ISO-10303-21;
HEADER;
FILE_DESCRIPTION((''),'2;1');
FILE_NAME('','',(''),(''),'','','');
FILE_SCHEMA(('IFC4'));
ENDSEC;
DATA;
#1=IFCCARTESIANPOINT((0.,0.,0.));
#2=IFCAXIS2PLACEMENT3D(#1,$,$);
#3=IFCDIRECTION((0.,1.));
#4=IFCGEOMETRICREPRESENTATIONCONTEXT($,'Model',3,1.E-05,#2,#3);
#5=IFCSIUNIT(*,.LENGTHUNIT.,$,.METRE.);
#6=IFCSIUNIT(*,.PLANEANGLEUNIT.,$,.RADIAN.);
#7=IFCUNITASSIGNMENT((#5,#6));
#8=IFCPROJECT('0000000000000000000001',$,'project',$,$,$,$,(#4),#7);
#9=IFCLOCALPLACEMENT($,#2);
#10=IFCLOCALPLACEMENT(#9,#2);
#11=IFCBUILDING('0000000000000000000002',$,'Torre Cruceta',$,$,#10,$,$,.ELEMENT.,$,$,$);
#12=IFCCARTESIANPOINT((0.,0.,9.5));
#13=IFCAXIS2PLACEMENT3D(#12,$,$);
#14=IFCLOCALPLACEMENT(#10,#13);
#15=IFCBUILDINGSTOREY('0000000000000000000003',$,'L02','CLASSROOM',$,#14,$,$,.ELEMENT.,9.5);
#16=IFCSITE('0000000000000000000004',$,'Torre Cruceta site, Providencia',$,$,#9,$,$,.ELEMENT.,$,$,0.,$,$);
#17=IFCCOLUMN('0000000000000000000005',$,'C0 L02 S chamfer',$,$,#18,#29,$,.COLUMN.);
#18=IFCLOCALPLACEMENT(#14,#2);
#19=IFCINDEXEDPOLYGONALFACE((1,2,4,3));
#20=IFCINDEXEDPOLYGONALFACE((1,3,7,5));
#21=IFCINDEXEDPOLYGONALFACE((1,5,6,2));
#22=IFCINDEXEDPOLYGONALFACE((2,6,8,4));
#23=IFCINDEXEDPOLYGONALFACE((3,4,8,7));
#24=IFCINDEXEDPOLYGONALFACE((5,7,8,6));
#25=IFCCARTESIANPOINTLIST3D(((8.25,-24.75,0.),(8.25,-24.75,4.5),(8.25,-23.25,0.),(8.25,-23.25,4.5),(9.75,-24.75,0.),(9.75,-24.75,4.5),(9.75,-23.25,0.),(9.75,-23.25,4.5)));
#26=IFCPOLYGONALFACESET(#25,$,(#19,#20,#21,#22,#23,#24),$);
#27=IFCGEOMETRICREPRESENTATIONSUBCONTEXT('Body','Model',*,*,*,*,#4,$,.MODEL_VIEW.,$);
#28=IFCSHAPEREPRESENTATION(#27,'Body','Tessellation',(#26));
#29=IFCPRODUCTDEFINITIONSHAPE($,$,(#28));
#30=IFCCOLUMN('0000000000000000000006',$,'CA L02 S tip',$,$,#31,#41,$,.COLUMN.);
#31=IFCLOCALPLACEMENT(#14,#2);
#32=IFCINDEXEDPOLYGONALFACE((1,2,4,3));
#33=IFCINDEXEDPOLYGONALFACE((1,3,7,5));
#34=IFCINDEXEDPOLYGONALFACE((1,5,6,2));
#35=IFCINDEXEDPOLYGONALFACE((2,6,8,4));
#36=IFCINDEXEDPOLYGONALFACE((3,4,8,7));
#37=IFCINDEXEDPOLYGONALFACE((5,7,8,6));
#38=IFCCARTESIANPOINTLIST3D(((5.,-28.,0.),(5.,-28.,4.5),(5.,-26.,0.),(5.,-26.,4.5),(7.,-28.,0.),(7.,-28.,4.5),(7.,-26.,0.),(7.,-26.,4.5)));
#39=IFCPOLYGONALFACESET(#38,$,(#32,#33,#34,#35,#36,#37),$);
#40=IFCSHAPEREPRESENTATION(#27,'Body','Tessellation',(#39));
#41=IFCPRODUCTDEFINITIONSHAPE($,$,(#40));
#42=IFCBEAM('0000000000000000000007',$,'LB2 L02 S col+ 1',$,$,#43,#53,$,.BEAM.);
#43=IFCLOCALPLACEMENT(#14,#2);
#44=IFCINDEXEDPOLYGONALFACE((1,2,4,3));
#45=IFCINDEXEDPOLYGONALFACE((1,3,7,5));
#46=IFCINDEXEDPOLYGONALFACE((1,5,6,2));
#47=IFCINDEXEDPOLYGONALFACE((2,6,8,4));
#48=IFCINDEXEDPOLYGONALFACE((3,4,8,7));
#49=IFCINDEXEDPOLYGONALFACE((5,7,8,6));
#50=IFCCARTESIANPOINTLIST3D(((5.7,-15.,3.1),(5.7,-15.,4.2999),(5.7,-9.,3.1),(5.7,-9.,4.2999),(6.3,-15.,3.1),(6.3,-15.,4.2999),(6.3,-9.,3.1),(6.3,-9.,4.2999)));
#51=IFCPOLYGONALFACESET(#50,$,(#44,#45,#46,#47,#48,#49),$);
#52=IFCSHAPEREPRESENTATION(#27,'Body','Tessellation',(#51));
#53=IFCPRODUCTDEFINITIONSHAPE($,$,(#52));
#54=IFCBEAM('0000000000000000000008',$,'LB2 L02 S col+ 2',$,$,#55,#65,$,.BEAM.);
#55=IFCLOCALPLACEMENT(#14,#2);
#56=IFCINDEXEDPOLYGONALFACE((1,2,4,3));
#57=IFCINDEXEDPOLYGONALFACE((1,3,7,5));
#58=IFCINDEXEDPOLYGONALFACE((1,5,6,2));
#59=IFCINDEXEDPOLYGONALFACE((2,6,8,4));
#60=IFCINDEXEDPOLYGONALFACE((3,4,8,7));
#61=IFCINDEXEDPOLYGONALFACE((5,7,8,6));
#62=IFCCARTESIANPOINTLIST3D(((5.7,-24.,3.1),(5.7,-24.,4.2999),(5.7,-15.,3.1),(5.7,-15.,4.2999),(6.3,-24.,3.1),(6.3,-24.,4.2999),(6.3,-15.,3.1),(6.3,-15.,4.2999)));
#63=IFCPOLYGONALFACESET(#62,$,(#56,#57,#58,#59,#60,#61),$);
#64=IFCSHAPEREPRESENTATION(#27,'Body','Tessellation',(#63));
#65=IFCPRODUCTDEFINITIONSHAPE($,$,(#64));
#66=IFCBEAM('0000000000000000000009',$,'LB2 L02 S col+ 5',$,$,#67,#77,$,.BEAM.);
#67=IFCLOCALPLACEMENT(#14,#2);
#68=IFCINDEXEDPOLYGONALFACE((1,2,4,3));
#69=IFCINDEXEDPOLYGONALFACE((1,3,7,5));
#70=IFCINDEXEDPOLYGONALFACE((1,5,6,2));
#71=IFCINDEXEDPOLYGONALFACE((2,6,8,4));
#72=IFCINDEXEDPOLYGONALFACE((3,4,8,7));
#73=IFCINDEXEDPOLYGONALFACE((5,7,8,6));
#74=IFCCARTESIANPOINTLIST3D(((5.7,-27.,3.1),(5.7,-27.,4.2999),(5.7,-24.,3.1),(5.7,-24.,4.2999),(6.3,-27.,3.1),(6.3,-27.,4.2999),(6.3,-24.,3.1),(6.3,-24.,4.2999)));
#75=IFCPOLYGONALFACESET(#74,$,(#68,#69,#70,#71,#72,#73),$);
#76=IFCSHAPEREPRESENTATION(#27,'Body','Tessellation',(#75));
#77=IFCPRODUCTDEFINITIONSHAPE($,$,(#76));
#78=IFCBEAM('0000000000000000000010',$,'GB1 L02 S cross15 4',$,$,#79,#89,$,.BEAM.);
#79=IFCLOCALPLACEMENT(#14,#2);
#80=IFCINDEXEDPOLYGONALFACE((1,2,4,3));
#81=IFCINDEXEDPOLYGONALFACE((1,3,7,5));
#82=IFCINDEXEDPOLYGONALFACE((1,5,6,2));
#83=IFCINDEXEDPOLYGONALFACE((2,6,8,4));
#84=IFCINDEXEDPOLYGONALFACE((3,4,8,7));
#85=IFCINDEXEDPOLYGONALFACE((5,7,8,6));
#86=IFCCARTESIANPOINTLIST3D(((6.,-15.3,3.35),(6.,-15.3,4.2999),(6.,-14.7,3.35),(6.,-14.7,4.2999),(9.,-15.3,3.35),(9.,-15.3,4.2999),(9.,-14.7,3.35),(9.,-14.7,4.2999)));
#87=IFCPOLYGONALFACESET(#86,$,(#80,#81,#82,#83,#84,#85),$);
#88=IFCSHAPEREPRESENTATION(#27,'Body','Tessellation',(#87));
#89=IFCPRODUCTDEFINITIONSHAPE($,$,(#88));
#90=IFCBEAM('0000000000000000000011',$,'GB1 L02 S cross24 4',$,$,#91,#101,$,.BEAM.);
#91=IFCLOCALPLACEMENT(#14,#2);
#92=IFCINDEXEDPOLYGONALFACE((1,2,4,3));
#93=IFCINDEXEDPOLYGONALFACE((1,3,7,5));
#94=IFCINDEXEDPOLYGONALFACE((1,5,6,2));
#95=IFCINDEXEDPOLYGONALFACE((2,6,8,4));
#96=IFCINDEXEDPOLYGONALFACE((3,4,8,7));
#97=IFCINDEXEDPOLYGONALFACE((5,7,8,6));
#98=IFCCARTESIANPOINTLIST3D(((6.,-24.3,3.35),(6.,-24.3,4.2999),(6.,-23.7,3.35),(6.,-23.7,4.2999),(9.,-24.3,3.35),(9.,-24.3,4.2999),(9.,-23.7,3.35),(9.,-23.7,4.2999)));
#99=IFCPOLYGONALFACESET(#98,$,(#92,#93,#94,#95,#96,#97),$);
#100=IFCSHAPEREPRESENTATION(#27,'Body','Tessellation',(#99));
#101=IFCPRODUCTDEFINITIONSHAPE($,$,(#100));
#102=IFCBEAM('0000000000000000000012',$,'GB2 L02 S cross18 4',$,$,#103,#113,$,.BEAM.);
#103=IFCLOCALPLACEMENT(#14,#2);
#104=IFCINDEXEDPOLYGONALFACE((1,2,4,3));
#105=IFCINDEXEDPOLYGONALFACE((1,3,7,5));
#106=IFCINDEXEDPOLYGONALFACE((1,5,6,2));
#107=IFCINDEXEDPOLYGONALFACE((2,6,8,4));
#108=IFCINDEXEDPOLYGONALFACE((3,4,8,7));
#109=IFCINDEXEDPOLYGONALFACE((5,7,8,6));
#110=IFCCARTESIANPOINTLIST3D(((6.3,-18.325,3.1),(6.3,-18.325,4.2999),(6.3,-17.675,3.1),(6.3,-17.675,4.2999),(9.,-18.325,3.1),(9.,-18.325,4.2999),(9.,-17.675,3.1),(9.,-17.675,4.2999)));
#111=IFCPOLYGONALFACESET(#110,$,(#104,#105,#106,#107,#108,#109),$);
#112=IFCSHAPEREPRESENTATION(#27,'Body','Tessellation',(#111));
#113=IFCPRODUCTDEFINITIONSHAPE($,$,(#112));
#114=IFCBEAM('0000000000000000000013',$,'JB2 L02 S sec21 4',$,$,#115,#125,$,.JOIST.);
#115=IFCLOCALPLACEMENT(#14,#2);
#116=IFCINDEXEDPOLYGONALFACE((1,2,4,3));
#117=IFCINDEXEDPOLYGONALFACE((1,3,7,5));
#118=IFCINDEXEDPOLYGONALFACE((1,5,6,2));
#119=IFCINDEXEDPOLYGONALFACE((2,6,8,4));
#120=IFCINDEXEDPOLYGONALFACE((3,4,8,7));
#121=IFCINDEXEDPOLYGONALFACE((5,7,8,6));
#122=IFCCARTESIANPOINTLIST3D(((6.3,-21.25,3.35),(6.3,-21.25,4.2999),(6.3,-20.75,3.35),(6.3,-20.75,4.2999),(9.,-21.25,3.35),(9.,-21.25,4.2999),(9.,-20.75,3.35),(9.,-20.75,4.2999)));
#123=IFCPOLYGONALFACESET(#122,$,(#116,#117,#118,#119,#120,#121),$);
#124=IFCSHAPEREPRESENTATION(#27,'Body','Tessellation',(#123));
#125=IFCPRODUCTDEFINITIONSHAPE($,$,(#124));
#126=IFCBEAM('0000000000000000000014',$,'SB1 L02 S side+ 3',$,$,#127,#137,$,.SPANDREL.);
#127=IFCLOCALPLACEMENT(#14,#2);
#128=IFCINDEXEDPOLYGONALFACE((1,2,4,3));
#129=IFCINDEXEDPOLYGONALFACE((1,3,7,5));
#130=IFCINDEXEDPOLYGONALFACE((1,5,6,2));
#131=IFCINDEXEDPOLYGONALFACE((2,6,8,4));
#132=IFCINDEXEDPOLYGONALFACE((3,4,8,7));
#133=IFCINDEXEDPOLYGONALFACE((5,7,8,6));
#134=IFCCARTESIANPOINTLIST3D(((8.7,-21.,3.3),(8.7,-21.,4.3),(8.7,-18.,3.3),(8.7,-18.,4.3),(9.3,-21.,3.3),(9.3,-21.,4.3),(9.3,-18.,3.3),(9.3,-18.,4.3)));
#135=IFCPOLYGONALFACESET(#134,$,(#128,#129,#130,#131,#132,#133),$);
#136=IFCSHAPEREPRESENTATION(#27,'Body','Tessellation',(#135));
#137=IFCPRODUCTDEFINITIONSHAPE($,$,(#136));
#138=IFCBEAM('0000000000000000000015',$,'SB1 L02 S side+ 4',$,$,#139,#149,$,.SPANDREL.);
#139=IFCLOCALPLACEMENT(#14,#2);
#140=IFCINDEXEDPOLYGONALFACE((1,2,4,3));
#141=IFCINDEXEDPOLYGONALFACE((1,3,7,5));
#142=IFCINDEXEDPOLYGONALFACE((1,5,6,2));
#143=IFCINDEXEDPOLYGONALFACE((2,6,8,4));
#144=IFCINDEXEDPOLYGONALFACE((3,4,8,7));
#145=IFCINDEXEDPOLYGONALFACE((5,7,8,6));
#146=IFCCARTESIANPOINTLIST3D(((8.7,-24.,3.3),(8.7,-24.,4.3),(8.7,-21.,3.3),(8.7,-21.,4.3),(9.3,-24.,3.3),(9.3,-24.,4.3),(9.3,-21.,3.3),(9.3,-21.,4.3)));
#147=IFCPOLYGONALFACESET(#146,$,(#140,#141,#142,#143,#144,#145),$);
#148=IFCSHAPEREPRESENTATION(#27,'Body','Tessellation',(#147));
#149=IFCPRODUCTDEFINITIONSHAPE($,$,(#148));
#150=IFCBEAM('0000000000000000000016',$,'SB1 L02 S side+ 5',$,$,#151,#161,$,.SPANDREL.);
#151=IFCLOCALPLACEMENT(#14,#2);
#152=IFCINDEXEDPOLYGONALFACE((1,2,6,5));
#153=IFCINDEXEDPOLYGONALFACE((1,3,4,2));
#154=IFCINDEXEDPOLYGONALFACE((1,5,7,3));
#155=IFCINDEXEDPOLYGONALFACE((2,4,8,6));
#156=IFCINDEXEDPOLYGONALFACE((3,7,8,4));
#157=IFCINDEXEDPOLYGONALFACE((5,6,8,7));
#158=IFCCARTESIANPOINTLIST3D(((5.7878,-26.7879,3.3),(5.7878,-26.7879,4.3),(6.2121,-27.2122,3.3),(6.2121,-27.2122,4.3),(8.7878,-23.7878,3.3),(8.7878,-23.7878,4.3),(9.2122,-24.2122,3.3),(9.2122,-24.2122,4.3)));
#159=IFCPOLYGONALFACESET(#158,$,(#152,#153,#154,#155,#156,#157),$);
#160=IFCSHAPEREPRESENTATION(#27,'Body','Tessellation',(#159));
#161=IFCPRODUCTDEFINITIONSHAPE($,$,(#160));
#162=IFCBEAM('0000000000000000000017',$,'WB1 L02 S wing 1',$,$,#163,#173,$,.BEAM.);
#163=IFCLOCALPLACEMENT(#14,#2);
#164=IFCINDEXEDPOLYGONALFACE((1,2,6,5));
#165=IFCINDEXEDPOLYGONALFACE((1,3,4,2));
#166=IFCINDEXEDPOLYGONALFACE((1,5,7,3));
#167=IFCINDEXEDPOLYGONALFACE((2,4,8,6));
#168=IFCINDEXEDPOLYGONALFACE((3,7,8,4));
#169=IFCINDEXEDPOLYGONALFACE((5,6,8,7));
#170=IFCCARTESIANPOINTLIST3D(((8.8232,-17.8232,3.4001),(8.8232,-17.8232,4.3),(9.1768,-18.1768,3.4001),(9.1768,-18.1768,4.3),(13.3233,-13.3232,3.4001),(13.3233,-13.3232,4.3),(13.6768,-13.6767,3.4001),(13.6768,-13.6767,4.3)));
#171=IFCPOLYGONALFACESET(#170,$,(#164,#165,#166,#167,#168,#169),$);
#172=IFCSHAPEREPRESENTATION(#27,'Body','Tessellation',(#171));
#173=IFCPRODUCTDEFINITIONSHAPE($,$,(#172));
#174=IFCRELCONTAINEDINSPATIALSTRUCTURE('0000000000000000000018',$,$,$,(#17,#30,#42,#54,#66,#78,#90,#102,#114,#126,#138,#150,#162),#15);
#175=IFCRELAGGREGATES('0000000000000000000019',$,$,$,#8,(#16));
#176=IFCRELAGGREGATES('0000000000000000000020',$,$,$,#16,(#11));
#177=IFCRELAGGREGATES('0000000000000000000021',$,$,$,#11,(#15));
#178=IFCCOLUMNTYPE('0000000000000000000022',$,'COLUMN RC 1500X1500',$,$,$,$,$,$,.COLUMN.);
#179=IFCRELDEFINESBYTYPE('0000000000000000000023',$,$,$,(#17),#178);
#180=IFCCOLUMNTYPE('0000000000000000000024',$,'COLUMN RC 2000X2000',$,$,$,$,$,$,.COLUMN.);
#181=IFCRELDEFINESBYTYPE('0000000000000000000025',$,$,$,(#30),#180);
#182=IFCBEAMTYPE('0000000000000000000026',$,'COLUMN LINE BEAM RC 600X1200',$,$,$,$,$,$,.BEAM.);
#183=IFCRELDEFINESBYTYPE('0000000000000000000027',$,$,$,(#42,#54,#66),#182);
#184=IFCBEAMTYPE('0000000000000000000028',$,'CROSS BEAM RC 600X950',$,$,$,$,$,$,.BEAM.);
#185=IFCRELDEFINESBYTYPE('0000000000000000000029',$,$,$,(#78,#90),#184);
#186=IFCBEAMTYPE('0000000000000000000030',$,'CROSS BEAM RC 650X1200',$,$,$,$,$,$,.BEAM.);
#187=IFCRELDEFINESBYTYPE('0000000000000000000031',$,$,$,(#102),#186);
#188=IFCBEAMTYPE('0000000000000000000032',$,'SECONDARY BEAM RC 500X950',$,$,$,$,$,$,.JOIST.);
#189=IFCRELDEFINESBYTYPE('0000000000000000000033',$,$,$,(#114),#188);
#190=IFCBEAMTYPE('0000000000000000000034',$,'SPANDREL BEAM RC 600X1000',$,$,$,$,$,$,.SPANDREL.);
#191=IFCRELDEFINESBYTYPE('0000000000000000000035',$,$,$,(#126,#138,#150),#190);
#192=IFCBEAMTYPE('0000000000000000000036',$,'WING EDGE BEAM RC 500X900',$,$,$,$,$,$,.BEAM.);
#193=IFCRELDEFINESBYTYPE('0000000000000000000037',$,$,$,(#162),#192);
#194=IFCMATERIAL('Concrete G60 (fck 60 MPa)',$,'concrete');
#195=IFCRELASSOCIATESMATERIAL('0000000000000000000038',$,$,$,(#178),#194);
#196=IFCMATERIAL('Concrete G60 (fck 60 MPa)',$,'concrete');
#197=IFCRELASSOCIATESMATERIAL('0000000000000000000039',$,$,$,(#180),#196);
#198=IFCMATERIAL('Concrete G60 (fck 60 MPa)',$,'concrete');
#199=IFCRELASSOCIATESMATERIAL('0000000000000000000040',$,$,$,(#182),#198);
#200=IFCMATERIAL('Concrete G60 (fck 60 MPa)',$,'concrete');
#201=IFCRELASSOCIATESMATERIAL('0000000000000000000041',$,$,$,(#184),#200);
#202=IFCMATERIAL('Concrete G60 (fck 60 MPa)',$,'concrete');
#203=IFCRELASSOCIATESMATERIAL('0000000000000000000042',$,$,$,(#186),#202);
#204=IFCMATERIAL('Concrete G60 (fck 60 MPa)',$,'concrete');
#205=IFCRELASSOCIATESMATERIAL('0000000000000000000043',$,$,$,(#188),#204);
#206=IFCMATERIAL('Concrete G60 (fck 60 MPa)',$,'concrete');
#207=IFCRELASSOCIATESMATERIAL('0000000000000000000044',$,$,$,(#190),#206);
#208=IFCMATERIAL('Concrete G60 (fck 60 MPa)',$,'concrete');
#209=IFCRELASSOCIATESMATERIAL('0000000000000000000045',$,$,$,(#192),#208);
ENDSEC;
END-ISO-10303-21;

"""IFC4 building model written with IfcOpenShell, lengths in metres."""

from ifc_helpers import new_model, si_unit, direction, frame, origin, origin_2d, place, context, subcontext, project, spatial, rectangle, extrude, material, material_profile, profile_set, type_object, element, save


model = new_model("IFC4")

# Units and contexts
model_context = context("Model", 3, precision=1e-05, world=origin(), true_north=direction((0.0, 1.0)))
body_context = subcontext(model_context, "Body", "Model", "MODEL_VIEW")
ifc_project = project(units=[si_unit("LENGTHUNIT", "METRE"), si_unit("PLANEANGLEUNIT", "RADIAN")], contexts=[model_context])

# Site, building, storey
site_placement = place(None, origin())
site = spatial("IfcSite", under=ifc_project, at=site_placement, Name="Torre Cruceta site, Providencia", CompositionType="ELEMENT", RefElevation=0.0)
building_placement = place(site_placement, origin())
building = spatial("IfcBuilding", under=site, at=building_placement, Name="Torre Cruceta", CompositionType="ELEMENT")
storey_placement = place(building_placement, frame((0.0, 0.0, 9.5)))
storey = spatial("IfcBuildingStorey", under=building, at=storey_placement, Name="L02", Description="CLASSROOM", CompositionType="ELEMENT", Elevation=9.5)

# Columns
ifc_material_1 = material(Name="Concrete G60 (fck 60 MPa)", Category="concrete")
ifc_material_profile_1 = material_profile(ifc_material_1, rectangle(XDim=1.5, YDim=1.5, at=origin_2d()), Name="RC 1500X1500")
ifc_profile_set_1 = profile_set([ifc_material_profile_1], Name="Concrete G60 (fck 60 MPa)")
column_type_1 = type_object("IfcColumnType", Name="COLUMN RC 1500X1500", PredefinedType="COLUMN", material=ifc_profile_set_1)
column_1_placement = place(storey_placement, frame((9.0, -24.0, 0.0), z_axis=(0.0, 0.0, 1.0), x_axis=(1.0, 0.0, 0.0)))
element("IfcColumn", 1, at=column_1_placement, inside=storey, type_object=column_type_1, Name="C0 L02 S chamfer", PredefinedType="COLUMN", context=body_context, shape_type="SweptSolid", body=[
    extrude(rectangle(XDim=1.5, YDim=1.5, at=origin_2d()), origin(), (0.0, 0.0, 1.0), 4.5),
])
ifc_material_2 = material(Name="Concrete G60 (fck 60 MPa)", Category="concrete")
ifc_material_profile_2 = material_profile(ifc_material_2, rectangle(XDim=2.0, YDim=2.0, at=origin_2d()), Name="RC 2000X2000")
ifc_profile_set_2 = profile_set([ifc_material_profile_2], Name="Concrete G60 (fck 60 MPa)")
column_type_2 = type_object("IfcColumnType", Name="COLUMN RC 2000X2000", PredefinedType="COLUMN", material=ifc_profile_set_2)
column_2_placement = place(storey_placement, frame((6.0, -27.0, 0.0), z_axis=(0.0, 0.0, 1.0), x_axis=(1.0, 0.0, 0.0)))
element("IfcColumn", 2, at=column_2_placement, inside=storey, type_object=column_type_2, Name="CA L02 S tip", PredefinedType="COLUMN", context=body_context, shape_type="SweptSolid", body=[
    extrude(rectangle(XDim=2.0, YDim=2.0, at=origin_2d()), origin(), (0.0, 0.0, 1.0), 4.5),
])

# Beams
ifc_material_3 = material(Name="Concrete G60 (fck 60 MPa)", Category="concrete")
ifc_material_profile_3 = material_profile(ifc_material_3, rectangle(XDim=0.6001, YDim=1.2, at=origin_2d()), Name="RC 600X1200")
ifc_profile_set_3 = profile_set([ifc_material_profile_3], Name="Concrete G60 (fck 60 MPa)")
beam_type_1 = type_object("IfcBeamType", Name="COLUMN LINE BEAM RC 600X1200", PredefinedType="BEAM", material=ifc_profile_set_3)
beam_1_placement = place(storey_placement, frame((6.0, -9.0, 3.7), z_axis=(0.0, -1.0, 0.0), x_axis=(1.0, 0.0, 0.0)))
element("IfcBeam", 3, at=beam_1_placement, inside=storey, type_object=beam_type_1, Name="LB2 L02 S col+ 1", PredefinedType="BEAM", context=body_context, shape_type="SweptSolid", body=[
    extrude(rectangle(XDim=0.6001, YDim=1.2, at=origin_2d()), origin(), (0.0, 0.0, 1.0), 6.0),
])
beam_2_placement = place(storey_placement, frame((6.0, -15.0, 3.7), z_axis=(0.0, -1.0, 0.0), x_axis=(1.0, 0.0, 0.0)))
element("IfcBeam", 4, at=beam_2_placement, inside=storey, type_object=beam_type_1, Name="LB2 L02 S col+ 2", PredefinedType="BEAM", context=body_context, shape_type="SweptSolid", body=[
    extrude(rectangle(XDim=0.6001, YDim=1.2, at=origin_2d()), origin(), (0.0, 0.0, 1.0), 9.0),
])
beam_3_placement = place(storey_placement, frame((6.0, -24.0, 3.7), z_axis=(0.0, -1.0, 0.0), x_axis=(1.0, 0.0, 0.0)))
element("IfcBeam", 5, at=beam_3_placement, inside=storey, type_object=beam_type_1, Name="LB2 L02 S col+ 5", PredefinedType="BEAM", context=body_context, shape_type="SweptSolid", body=[
    extrude(rectangle(XDim=0.6001, YDim=1.2, at=origin_2d()), origin(), (0.0, 0.0, 1.0), 3.0),
])
ifc_material_4 = material(Name="Concrete G60 (fck 60 MPa)", Category="concrete")
ifc_material_profile_4 = material_profile(ifc_material_4, rectangle(XDim=0.6001, YDim=0.95, at=origin_2d()), Name="RC 600X950")
ifc_profile_set_4 = profile_set([ifc_material_profile_4], Name="Concrete G60 (fck 60 MPa)")
beam_type_2 = type_object("IfcBeamType", Name="CROSS BEAM RC 600X950", PredefinedType="BEAM", material=ifc_profile_set_4)
for number, where, z_axis, x_axis, name in (
    (6, (6.0, -15.0, 3.825), (1.0, 0.0, 0.0), (0.0, 1.0, 0.0), "GB1 L02 S cross15 4"),
    (7, (6.0, -24.0, 3.825), (1.0, 0.0, 0.0), (0.0, 1.0, 0.0), "GB1 L02 S cross24 4"),
):
    element("IfcBeam", number, at=place(storey_placement, frame(where, z_axis=z_axis, x_axis=x_axis)), inside=storey, type_object=beam_type_2, Name=name, PredefinedType="BEAM", context=body_context, shape_type="SweptSolid", body=[
        extrude(rectangle(XDim=0.6001, YDim=0.95, at=origin_2d()), origin(), (0.0, 0.0, 1.0), 3.0),
    ])
ifc_material_5 = material(Name="Concrete G60 (fck 60 MPa)", Category="concrete")
ifc_material_profile_5 = material_profile(ifc_material_5, rectangle(XDim=0.6499, YDim=1.2, at=origin_2d()), Name="RC 650X1200")
ifc_profile_set_5 = profile_set([ifc_material_profile_5], Name="Concrete G60 (fck 60 MPa)")
beam_type_3 = type_object("IfcBeamType", Name="CROSS BEAM RC 650X1200", PredefinedType="BEAM", material=ifc_profile_set_5)
beam_4_placement = place(storey_placement, frame((6.3, -18.0, 3.7), z_axis=(1.0, 0.0, 0.0), x_axis=(0.0, 1.0, 0.0)))
element("IfcBeam", 8, at=beam_4_placement, inside=storey, type_object=beam_type_3, Name="GB2 L02 S cross18 4", PredefinedType="BEAM", context=body_context, shape_type="SweptSolid", body=[
    extrude(rectangle(XDim=0.6499, YDim=1.2, at=origin_2d()), origin(), (0.0, 0.0, 1.0), 2.7),
])
ifc_material_6 = material(Name="Concrete G60 (fck 60 MPa)", Category="concrete")
ifc_material_profile_6 = material_profile(ifc_material_6, rectangle(XDim=0.5, YDim=0.95, at=origin_2d()), Name="RC 500X950")
ifc_profile_set_6 = profile_set([ifc_material_profile_6], Name="Concrete G60 (fck 60 MPa)")
beam_type_4 = type_object("IfcBeamType", Name="SECONDARY BEAM RC 500X950", PredefinedType="JOIST", material=ifc_profile_set_6)
beam_5_placement = place(storey_placement, frame((6.3, -21.0, 3.825), z_axis=(1.0, 0.0, 0.0), x_axis=(0.0, 1.0, 0.0)))
element("IfcBeam", 9, at=beam_5_placement, inside=storey, type_object=beam_type_4, Name="JB2 L02 S sec21 4", PredefinedType="JOIST", context=body_context, shape_type="SweptSolid", body=[
    extrude(rectangle(XDim=0.5, YDim=0.95, at=origin_2d()), origin(), (0.0, 0.0, 1.0), 2.7),
])
ifc_material_7 = material(Name="Concrete G60 (fck 60 MPa)", Category="concrete")
ifc_material_profile_7 = material_profile(ifc_material_7, rectangle(XDim=0.6001, YDim=1.0, at=origin_2d()), Name="RC 600X1000")
ifc_profile_set_7 = profile_set([ifc_material_profile_7], Name="Concrete G60 (fck 60 MPa)")
beam_type_5 = type_object("IfcBeamType", Name="SPANDREL BEAM RC 600X1000", PredefinedType="SPANDREL", material=ifc_profile_set_7)
for number, where, z_axis, x_axis, name in (
    (10, (9.0, -18.0, 3.8), (0.0, -1.0, 0.0), (1.0, 0.0, 0.0), "SB1 L02 S side+ 3"),
    (11, (9.0, -21.0, 3.8), (0.0, -1.0, 0.0), (1.0, 0.0, 0.0), "SB1 L02 S side+ 4"),
):
    element("IfcBeam", number, at=place(storey_placement, frame(where, z_axis=z_axis, x_axis=x_axis)), inside=storey, type_object=beam_type_5, Name=name, PredefinedType="SPANDREL", context=body_context, shape_type="SweptSolid", body=[
        extrude(rectangle(XDim=0.6001, YDim=1.0, at=origin_2d()), origin(), (0.0, 0.0, 1.0), 3.0),
    ])
beam_6_placement = place(storey_placement, frame((9.0, -24.0, 3.8), z_axis=(-0.707107, -0.707107, 0.0), x_axis=(0.707107, -0.707107, 0.0)))
element("IfcBeam", 12, at=beam_6_placement, inside=storey, type_object=beam_type_5, Name="SB1 L02 S side+ 5", PredefinedType="SPANDREL", context=body_context, shape_type="SweptSolid", body=[
    extrude(rectangle(XDim=0.6001, YDim=1.0, at=origin_2d()), origin(), (0.0, 0.0, 1.0), 4.2427),
])
ifc_material_8 = material(Name="Concrete G60 (fck 60 MPa)", Category="concrete")
ifc_material_profile_8 = material_profile(ifc_material_8, rectangle(XDim=0.5, YDim=0.8999, at=origin_2d()), Name="RC 500X900")
ifc_profile_set_8 = profile_set([ifc_material_profile_8], Name="Concrete G60 (fck 60 MPa)")
beam_type_6 = type_object("IfcBeamType", Name="WING EDGE BEAM RC 500X900", PredefinedType="BEAM", material=ifc_profile_set_8)
beam_7_placement = place(storey_placement, frame((9.0, -18.0, 3.8501), z_axis=(0.707107, 0.707107, 0.0), x_axis=(-0.707107, 0.707107, 0.0)))
element("IfcBeam", 13, at=beam_7_placement, inside=storey, type_object=beam_type_6, Name="WB1 L02 S wing 1", PredefinedType="BEAM", context=body_context, shape_type="SweptSolid", body=[
    extrude(rectangle(XDim=0.5, YDim=0.8999, at=origin_2d()), origin(), (0.0, 0.0, 1.0), 6.364),
])

save(model, "model.ifc")
